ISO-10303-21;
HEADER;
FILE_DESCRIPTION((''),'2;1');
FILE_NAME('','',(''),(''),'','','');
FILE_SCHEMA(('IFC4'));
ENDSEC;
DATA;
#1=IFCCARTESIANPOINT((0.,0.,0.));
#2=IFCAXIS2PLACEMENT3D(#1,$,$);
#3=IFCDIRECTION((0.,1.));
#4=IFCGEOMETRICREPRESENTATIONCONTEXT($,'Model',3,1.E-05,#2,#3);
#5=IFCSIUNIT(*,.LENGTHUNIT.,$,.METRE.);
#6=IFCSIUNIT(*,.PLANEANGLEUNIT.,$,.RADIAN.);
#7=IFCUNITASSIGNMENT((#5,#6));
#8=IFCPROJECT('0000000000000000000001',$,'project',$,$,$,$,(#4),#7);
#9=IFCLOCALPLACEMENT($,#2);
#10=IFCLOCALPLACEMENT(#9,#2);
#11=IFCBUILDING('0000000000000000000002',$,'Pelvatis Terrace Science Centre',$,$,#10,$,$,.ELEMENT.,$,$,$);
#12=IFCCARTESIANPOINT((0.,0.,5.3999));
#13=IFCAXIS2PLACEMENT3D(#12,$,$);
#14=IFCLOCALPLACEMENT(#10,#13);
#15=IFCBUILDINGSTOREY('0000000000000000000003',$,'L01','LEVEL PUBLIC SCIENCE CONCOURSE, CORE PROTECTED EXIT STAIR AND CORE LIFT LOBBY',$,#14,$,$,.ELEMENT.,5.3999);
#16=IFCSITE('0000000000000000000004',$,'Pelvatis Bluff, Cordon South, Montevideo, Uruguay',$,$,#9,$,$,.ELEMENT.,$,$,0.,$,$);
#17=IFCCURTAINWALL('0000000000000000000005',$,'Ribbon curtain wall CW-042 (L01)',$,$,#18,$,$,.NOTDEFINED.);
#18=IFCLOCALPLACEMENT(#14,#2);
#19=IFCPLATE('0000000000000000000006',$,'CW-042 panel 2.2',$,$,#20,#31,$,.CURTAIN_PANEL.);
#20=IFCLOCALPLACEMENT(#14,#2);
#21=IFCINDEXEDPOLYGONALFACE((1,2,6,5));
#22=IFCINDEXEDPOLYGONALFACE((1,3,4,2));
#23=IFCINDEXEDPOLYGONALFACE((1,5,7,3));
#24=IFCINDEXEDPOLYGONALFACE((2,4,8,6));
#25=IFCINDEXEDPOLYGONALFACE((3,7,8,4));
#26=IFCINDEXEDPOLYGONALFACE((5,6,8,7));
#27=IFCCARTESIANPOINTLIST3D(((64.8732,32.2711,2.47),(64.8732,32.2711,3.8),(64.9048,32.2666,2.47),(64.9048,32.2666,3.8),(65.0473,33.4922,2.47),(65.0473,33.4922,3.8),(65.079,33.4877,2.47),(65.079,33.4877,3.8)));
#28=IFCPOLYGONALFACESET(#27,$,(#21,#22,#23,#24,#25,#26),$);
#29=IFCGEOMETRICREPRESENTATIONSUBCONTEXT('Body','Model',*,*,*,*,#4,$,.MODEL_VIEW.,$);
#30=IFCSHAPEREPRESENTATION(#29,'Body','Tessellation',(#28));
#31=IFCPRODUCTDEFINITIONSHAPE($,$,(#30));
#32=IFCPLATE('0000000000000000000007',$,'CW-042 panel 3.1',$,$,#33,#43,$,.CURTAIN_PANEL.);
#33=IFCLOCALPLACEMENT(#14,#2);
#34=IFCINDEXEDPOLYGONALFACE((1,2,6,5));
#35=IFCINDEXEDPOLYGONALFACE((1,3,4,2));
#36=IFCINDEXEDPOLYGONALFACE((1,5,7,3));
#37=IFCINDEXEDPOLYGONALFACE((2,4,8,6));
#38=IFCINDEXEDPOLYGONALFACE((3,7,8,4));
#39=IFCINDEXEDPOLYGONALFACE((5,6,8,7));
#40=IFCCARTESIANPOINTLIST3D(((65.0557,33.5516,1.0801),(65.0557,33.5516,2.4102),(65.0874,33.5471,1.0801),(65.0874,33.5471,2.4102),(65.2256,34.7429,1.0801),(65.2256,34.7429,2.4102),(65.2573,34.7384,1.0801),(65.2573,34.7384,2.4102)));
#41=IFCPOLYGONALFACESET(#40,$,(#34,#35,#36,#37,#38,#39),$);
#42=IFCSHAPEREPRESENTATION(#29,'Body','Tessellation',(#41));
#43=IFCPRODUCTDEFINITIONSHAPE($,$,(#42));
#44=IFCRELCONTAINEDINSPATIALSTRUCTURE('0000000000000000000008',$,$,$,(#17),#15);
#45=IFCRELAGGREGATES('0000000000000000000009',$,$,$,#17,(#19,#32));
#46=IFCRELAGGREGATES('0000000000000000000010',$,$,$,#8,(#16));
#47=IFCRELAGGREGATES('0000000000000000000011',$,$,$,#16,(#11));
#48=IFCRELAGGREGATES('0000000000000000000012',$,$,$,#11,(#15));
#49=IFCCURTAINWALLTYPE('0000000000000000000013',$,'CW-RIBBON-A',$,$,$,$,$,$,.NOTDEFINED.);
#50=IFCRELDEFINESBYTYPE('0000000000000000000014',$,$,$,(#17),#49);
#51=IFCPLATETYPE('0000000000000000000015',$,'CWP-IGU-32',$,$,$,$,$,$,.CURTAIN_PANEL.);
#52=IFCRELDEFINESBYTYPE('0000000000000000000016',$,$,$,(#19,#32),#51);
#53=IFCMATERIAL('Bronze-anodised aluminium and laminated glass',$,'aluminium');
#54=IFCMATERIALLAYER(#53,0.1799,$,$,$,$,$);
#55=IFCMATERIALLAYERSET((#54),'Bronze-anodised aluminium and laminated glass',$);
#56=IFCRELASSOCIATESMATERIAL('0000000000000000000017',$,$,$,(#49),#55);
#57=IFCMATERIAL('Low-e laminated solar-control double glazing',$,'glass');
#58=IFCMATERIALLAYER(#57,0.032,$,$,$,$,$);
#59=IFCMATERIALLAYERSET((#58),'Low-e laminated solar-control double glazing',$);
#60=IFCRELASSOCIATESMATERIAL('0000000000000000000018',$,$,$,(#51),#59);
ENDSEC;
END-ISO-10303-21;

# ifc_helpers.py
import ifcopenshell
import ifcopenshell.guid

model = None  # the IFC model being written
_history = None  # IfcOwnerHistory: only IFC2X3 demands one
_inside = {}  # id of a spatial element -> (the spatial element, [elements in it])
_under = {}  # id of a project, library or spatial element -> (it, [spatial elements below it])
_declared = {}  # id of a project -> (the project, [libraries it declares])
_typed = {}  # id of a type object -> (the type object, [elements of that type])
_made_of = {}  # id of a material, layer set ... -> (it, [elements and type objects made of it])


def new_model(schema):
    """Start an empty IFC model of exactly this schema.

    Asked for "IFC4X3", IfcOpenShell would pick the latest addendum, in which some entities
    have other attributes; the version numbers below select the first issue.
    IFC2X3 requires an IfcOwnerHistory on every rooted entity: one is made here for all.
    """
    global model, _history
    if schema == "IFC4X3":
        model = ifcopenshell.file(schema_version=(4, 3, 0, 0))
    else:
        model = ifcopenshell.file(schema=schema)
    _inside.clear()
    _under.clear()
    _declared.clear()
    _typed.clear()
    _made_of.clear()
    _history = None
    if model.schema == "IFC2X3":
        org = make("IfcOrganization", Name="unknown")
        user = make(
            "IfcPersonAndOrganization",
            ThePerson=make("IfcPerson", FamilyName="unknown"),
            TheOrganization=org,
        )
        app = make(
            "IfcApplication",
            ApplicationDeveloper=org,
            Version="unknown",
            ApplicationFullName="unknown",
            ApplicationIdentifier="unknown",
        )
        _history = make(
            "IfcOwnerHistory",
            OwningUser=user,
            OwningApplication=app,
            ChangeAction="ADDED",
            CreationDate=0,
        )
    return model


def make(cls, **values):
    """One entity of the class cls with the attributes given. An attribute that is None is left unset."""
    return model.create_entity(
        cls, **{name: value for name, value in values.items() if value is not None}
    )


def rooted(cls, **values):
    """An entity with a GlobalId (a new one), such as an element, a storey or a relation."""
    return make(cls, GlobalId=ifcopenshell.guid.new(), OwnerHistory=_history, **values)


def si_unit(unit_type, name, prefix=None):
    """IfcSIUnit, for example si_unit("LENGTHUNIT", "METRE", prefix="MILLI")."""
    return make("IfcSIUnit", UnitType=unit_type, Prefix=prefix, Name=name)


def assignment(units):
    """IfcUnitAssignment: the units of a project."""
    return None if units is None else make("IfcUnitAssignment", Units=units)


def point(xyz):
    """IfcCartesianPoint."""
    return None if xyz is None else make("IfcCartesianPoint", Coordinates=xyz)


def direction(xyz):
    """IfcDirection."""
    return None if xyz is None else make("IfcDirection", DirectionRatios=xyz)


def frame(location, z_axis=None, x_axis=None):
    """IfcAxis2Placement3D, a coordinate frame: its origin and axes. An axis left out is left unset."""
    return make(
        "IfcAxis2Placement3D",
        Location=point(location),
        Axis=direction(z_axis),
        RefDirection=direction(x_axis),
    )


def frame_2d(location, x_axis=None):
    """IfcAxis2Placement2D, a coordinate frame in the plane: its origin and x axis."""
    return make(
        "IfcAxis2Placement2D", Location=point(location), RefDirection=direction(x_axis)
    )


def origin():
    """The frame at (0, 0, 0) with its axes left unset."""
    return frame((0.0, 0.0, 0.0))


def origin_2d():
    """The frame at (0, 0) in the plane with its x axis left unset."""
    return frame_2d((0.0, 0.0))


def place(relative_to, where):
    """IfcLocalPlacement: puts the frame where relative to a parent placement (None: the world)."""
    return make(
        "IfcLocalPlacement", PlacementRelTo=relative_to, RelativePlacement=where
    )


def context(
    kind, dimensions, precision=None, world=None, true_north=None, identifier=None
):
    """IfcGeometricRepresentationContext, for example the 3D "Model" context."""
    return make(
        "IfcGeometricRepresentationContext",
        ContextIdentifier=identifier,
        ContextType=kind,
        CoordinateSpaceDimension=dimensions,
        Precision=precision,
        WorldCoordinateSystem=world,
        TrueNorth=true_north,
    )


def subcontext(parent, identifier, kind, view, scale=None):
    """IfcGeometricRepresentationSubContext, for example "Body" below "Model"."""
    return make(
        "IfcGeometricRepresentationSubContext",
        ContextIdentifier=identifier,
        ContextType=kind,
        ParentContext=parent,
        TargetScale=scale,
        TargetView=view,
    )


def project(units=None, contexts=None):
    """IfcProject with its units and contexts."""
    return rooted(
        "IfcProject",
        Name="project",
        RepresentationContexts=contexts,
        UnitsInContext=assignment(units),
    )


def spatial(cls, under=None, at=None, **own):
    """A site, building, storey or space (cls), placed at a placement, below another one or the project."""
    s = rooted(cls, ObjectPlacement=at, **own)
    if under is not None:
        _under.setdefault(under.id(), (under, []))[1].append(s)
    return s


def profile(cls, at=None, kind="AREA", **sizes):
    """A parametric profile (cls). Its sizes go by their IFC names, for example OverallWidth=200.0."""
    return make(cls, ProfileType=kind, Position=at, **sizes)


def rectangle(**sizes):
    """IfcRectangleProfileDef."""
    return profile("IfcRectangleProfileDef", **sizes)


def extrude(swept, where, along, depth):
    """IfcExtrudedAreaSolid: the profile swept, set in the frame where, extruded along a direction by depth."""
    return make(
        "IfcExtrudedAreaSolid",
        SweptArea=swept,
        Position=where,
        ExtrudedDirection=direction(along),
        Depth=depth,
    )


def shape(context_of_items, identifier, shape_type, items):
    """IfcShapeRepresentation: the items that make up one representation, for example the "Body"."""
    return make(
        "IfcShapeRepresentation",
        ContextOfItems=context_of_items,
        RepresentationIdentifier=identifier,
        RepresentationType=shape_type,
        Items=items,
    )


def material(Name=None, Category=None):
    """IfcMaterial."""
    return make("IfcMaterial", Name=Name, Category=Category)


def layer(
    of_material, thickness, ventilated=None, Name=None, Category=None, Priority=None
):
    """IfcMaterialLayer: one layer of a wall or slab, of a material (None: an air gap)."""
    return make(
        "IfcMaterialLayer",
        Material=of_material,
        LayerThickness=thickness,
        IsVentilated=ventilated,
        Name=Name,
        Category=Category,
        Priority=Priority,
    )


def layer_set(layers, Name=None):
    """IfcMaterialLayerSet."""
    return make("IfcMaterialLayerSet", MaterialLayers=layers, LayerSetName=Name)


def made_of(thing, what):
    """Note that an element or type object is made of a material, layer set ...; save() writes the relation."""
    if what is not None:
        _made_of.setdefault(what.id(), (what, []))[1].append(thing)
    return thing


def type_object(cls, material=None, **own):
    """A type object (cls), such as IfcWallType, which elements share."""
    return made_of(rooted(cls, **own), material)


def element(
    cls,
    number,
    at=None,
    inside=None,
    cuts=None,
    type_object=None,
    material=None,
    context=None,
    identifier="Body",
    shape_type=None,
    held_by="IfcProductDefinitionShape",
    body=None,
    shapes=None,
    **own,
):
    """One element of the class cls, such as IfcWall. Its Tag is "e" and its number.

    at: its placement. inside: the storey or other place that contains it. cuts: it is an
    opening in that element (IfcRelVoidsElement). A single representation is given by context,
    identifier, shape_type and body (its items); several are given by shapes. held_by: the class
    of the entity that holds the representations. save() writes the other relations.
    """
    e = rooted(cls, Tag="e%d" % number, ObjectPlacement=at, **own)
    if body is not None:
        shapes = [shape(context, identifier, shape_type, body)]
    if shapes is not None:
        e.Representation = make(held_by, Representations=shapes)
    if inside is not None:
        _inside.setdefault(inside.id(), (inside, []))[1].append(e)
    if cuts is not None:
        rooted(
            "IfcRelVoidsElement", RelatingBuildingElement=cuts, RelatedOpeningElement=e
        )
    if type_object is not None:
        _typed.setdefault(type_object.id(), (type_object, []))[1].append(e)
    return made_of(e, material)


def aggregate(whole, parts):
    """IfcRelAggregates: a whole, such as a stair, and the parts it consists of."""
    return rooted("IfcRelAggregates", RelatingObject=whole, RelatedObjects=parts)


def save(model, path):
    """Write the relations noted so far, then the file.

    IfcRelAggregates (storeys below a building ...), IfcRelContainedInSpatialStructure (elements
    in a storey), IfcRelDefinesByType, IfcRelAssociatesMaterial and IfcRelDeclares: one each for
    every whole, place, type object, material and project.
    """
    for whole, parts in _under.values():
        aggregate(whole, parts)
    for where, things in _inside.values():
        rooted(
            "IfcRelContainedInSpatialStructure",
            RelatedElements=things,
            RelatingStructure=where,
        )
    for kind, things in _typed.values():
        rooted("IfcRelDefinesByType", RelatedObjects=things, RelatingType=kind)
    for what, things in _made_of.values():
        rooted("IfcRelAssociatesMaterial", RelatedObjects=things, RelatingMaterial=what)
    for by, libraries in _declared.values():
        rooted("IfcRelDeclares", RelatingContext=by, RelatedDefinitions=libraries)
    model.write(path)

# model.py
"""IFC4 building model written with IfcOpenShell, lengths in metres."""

from ifc_helpers import new_model, si_unit, direction, frame, origin, origin_2d, place, context, subcontext, project, spatial, rectangle, extrude, material, layer, layer_set, type_object, element, aggregate, save


model = new_model("IFC4")

# Units and contexts
model_context = context("Model", 3, precision=1e-05, world=origin(), true_north=direction((0.0, 1.0)))
body_context = subcontext(model_context, "Body", "Model", "MODEL_VIEW")
ifc_project = project(units=[si_unit("LENGTHUNIT", "METRE"), si_unit("PLANEANGLEUNIT", "RADIAN")], contexts=[model_context])

# Site, building, storey
site_placement = place(None, origin())
site = spatial("IfcSite", under=ifc_project, at=site_placement, Name="Pelvatis Bluff, Cordon South, Montevideo, Uruguay", CompositionType="ELEMENT", RefElevation=0.0)
building_placement = place(site_placement, origin())
building = spatial("IfcBuilding", under=site, at=building_placement, Name="Pelvatis Terrace Science Centre", CompositionType="ELEMENT")
storey_placement = place(building_placement, frame((0.0, 0.0, 5.3999)))
storey = spatial("IfcBuildingStorey", under=building, at=storey_placement, Name="L01", Description="LEVEL PUBLIC SCIENCE CONCOURSE, CORE PROTECTED EXIT STAIR AND CORE LIFT LOBBY", CompositionType="ELEMENT", Elevation=5.3999)

# Curtain wall
ifc_material_1 = material(Name="Bronze-anodised aluminium and laminated glass", Category="aluminium")
ifc_layer_1 = layer(ifc_material_1, 0.1799)
ifc_layer_set_1 = layer_set([ifc_layer_1], Name="Bronze-anodised aluminium and laminated glass")
curtain_wall_type = type_object("IfcCurtainWallType", Name="CW-RIBBON-A", PredefinedType="NOTDEFINED", material=ifc_layer_set_1)
curtain_wall_1_placement = place(storey_placement, origin())
curtain_wall_1 = element("IfcCurtainWall", 1, at=curtain_wall_1_placement, inside=storey, type_object=curtain_wall_type, Name="Ribbon curtain wall CW-042 (L01)", PredefinedType="NOTDEFINED")

# Plates
ifc_material_2 = material(Name="Low-e laminated solar-control double glazing", Category="glass")
ifc_layer_2 = layer(ifc_material_2, 0.032)
ifc_layer_set_2 = layer_set([ifc_layer_2], Name="Low-e laminated solar-control double glazing")
plate_type = type_object("IfcPlateType", Name="CWP-IGU-32", PredefinedType="CURTAIN_PANEL", material=ifc_layer_set_2)
plate_1_placement = place(storey_placement, frame((64.9761, 32.8794, 2.47), z_axis=(0.0, 0.0, 1.0), x_axis=(0.141165, 0.989986, 0.0)))
plate_1 = element("IfcPlate", 2, at=plate_1_placement, type_object=plate_type, Name="CW-042 panel 2.2", PredefinedType="CURTAIN_PANEL", context=body_context, shape_type="SweptSolid", body=[
    extrude(rectangle(XDim=1.2334, YDim=0.032, at=origin_2d()), origin(), (0.0, 0.0, 1.0), 1.3301),
])
plate_2_placement = place(storey_placement, frame((65.1565, 34.145, 1.0801), z_axis=(0.0, 0.0, 1.0), x_axis=(0.141165, 0.989986, 0.0)))
plate_2 = element("IfcPlate", 3, at=plate_2_placement, type_object=plate_type, Name="CW-042 panel 3.1", PredefinedType="CURTAIN_PANEL", context=body_context, shape_type="SweptSolid", body=[
    extrude(rectangle(XDim=1.2034, YDim=0.032, at=origin_2d()), origin(), (0.0, 0.0, 1.0), 1.3301),
])
aggregate(curtain_wall_1, [plate_1, plate_2])

save(model, "model.ifc")
